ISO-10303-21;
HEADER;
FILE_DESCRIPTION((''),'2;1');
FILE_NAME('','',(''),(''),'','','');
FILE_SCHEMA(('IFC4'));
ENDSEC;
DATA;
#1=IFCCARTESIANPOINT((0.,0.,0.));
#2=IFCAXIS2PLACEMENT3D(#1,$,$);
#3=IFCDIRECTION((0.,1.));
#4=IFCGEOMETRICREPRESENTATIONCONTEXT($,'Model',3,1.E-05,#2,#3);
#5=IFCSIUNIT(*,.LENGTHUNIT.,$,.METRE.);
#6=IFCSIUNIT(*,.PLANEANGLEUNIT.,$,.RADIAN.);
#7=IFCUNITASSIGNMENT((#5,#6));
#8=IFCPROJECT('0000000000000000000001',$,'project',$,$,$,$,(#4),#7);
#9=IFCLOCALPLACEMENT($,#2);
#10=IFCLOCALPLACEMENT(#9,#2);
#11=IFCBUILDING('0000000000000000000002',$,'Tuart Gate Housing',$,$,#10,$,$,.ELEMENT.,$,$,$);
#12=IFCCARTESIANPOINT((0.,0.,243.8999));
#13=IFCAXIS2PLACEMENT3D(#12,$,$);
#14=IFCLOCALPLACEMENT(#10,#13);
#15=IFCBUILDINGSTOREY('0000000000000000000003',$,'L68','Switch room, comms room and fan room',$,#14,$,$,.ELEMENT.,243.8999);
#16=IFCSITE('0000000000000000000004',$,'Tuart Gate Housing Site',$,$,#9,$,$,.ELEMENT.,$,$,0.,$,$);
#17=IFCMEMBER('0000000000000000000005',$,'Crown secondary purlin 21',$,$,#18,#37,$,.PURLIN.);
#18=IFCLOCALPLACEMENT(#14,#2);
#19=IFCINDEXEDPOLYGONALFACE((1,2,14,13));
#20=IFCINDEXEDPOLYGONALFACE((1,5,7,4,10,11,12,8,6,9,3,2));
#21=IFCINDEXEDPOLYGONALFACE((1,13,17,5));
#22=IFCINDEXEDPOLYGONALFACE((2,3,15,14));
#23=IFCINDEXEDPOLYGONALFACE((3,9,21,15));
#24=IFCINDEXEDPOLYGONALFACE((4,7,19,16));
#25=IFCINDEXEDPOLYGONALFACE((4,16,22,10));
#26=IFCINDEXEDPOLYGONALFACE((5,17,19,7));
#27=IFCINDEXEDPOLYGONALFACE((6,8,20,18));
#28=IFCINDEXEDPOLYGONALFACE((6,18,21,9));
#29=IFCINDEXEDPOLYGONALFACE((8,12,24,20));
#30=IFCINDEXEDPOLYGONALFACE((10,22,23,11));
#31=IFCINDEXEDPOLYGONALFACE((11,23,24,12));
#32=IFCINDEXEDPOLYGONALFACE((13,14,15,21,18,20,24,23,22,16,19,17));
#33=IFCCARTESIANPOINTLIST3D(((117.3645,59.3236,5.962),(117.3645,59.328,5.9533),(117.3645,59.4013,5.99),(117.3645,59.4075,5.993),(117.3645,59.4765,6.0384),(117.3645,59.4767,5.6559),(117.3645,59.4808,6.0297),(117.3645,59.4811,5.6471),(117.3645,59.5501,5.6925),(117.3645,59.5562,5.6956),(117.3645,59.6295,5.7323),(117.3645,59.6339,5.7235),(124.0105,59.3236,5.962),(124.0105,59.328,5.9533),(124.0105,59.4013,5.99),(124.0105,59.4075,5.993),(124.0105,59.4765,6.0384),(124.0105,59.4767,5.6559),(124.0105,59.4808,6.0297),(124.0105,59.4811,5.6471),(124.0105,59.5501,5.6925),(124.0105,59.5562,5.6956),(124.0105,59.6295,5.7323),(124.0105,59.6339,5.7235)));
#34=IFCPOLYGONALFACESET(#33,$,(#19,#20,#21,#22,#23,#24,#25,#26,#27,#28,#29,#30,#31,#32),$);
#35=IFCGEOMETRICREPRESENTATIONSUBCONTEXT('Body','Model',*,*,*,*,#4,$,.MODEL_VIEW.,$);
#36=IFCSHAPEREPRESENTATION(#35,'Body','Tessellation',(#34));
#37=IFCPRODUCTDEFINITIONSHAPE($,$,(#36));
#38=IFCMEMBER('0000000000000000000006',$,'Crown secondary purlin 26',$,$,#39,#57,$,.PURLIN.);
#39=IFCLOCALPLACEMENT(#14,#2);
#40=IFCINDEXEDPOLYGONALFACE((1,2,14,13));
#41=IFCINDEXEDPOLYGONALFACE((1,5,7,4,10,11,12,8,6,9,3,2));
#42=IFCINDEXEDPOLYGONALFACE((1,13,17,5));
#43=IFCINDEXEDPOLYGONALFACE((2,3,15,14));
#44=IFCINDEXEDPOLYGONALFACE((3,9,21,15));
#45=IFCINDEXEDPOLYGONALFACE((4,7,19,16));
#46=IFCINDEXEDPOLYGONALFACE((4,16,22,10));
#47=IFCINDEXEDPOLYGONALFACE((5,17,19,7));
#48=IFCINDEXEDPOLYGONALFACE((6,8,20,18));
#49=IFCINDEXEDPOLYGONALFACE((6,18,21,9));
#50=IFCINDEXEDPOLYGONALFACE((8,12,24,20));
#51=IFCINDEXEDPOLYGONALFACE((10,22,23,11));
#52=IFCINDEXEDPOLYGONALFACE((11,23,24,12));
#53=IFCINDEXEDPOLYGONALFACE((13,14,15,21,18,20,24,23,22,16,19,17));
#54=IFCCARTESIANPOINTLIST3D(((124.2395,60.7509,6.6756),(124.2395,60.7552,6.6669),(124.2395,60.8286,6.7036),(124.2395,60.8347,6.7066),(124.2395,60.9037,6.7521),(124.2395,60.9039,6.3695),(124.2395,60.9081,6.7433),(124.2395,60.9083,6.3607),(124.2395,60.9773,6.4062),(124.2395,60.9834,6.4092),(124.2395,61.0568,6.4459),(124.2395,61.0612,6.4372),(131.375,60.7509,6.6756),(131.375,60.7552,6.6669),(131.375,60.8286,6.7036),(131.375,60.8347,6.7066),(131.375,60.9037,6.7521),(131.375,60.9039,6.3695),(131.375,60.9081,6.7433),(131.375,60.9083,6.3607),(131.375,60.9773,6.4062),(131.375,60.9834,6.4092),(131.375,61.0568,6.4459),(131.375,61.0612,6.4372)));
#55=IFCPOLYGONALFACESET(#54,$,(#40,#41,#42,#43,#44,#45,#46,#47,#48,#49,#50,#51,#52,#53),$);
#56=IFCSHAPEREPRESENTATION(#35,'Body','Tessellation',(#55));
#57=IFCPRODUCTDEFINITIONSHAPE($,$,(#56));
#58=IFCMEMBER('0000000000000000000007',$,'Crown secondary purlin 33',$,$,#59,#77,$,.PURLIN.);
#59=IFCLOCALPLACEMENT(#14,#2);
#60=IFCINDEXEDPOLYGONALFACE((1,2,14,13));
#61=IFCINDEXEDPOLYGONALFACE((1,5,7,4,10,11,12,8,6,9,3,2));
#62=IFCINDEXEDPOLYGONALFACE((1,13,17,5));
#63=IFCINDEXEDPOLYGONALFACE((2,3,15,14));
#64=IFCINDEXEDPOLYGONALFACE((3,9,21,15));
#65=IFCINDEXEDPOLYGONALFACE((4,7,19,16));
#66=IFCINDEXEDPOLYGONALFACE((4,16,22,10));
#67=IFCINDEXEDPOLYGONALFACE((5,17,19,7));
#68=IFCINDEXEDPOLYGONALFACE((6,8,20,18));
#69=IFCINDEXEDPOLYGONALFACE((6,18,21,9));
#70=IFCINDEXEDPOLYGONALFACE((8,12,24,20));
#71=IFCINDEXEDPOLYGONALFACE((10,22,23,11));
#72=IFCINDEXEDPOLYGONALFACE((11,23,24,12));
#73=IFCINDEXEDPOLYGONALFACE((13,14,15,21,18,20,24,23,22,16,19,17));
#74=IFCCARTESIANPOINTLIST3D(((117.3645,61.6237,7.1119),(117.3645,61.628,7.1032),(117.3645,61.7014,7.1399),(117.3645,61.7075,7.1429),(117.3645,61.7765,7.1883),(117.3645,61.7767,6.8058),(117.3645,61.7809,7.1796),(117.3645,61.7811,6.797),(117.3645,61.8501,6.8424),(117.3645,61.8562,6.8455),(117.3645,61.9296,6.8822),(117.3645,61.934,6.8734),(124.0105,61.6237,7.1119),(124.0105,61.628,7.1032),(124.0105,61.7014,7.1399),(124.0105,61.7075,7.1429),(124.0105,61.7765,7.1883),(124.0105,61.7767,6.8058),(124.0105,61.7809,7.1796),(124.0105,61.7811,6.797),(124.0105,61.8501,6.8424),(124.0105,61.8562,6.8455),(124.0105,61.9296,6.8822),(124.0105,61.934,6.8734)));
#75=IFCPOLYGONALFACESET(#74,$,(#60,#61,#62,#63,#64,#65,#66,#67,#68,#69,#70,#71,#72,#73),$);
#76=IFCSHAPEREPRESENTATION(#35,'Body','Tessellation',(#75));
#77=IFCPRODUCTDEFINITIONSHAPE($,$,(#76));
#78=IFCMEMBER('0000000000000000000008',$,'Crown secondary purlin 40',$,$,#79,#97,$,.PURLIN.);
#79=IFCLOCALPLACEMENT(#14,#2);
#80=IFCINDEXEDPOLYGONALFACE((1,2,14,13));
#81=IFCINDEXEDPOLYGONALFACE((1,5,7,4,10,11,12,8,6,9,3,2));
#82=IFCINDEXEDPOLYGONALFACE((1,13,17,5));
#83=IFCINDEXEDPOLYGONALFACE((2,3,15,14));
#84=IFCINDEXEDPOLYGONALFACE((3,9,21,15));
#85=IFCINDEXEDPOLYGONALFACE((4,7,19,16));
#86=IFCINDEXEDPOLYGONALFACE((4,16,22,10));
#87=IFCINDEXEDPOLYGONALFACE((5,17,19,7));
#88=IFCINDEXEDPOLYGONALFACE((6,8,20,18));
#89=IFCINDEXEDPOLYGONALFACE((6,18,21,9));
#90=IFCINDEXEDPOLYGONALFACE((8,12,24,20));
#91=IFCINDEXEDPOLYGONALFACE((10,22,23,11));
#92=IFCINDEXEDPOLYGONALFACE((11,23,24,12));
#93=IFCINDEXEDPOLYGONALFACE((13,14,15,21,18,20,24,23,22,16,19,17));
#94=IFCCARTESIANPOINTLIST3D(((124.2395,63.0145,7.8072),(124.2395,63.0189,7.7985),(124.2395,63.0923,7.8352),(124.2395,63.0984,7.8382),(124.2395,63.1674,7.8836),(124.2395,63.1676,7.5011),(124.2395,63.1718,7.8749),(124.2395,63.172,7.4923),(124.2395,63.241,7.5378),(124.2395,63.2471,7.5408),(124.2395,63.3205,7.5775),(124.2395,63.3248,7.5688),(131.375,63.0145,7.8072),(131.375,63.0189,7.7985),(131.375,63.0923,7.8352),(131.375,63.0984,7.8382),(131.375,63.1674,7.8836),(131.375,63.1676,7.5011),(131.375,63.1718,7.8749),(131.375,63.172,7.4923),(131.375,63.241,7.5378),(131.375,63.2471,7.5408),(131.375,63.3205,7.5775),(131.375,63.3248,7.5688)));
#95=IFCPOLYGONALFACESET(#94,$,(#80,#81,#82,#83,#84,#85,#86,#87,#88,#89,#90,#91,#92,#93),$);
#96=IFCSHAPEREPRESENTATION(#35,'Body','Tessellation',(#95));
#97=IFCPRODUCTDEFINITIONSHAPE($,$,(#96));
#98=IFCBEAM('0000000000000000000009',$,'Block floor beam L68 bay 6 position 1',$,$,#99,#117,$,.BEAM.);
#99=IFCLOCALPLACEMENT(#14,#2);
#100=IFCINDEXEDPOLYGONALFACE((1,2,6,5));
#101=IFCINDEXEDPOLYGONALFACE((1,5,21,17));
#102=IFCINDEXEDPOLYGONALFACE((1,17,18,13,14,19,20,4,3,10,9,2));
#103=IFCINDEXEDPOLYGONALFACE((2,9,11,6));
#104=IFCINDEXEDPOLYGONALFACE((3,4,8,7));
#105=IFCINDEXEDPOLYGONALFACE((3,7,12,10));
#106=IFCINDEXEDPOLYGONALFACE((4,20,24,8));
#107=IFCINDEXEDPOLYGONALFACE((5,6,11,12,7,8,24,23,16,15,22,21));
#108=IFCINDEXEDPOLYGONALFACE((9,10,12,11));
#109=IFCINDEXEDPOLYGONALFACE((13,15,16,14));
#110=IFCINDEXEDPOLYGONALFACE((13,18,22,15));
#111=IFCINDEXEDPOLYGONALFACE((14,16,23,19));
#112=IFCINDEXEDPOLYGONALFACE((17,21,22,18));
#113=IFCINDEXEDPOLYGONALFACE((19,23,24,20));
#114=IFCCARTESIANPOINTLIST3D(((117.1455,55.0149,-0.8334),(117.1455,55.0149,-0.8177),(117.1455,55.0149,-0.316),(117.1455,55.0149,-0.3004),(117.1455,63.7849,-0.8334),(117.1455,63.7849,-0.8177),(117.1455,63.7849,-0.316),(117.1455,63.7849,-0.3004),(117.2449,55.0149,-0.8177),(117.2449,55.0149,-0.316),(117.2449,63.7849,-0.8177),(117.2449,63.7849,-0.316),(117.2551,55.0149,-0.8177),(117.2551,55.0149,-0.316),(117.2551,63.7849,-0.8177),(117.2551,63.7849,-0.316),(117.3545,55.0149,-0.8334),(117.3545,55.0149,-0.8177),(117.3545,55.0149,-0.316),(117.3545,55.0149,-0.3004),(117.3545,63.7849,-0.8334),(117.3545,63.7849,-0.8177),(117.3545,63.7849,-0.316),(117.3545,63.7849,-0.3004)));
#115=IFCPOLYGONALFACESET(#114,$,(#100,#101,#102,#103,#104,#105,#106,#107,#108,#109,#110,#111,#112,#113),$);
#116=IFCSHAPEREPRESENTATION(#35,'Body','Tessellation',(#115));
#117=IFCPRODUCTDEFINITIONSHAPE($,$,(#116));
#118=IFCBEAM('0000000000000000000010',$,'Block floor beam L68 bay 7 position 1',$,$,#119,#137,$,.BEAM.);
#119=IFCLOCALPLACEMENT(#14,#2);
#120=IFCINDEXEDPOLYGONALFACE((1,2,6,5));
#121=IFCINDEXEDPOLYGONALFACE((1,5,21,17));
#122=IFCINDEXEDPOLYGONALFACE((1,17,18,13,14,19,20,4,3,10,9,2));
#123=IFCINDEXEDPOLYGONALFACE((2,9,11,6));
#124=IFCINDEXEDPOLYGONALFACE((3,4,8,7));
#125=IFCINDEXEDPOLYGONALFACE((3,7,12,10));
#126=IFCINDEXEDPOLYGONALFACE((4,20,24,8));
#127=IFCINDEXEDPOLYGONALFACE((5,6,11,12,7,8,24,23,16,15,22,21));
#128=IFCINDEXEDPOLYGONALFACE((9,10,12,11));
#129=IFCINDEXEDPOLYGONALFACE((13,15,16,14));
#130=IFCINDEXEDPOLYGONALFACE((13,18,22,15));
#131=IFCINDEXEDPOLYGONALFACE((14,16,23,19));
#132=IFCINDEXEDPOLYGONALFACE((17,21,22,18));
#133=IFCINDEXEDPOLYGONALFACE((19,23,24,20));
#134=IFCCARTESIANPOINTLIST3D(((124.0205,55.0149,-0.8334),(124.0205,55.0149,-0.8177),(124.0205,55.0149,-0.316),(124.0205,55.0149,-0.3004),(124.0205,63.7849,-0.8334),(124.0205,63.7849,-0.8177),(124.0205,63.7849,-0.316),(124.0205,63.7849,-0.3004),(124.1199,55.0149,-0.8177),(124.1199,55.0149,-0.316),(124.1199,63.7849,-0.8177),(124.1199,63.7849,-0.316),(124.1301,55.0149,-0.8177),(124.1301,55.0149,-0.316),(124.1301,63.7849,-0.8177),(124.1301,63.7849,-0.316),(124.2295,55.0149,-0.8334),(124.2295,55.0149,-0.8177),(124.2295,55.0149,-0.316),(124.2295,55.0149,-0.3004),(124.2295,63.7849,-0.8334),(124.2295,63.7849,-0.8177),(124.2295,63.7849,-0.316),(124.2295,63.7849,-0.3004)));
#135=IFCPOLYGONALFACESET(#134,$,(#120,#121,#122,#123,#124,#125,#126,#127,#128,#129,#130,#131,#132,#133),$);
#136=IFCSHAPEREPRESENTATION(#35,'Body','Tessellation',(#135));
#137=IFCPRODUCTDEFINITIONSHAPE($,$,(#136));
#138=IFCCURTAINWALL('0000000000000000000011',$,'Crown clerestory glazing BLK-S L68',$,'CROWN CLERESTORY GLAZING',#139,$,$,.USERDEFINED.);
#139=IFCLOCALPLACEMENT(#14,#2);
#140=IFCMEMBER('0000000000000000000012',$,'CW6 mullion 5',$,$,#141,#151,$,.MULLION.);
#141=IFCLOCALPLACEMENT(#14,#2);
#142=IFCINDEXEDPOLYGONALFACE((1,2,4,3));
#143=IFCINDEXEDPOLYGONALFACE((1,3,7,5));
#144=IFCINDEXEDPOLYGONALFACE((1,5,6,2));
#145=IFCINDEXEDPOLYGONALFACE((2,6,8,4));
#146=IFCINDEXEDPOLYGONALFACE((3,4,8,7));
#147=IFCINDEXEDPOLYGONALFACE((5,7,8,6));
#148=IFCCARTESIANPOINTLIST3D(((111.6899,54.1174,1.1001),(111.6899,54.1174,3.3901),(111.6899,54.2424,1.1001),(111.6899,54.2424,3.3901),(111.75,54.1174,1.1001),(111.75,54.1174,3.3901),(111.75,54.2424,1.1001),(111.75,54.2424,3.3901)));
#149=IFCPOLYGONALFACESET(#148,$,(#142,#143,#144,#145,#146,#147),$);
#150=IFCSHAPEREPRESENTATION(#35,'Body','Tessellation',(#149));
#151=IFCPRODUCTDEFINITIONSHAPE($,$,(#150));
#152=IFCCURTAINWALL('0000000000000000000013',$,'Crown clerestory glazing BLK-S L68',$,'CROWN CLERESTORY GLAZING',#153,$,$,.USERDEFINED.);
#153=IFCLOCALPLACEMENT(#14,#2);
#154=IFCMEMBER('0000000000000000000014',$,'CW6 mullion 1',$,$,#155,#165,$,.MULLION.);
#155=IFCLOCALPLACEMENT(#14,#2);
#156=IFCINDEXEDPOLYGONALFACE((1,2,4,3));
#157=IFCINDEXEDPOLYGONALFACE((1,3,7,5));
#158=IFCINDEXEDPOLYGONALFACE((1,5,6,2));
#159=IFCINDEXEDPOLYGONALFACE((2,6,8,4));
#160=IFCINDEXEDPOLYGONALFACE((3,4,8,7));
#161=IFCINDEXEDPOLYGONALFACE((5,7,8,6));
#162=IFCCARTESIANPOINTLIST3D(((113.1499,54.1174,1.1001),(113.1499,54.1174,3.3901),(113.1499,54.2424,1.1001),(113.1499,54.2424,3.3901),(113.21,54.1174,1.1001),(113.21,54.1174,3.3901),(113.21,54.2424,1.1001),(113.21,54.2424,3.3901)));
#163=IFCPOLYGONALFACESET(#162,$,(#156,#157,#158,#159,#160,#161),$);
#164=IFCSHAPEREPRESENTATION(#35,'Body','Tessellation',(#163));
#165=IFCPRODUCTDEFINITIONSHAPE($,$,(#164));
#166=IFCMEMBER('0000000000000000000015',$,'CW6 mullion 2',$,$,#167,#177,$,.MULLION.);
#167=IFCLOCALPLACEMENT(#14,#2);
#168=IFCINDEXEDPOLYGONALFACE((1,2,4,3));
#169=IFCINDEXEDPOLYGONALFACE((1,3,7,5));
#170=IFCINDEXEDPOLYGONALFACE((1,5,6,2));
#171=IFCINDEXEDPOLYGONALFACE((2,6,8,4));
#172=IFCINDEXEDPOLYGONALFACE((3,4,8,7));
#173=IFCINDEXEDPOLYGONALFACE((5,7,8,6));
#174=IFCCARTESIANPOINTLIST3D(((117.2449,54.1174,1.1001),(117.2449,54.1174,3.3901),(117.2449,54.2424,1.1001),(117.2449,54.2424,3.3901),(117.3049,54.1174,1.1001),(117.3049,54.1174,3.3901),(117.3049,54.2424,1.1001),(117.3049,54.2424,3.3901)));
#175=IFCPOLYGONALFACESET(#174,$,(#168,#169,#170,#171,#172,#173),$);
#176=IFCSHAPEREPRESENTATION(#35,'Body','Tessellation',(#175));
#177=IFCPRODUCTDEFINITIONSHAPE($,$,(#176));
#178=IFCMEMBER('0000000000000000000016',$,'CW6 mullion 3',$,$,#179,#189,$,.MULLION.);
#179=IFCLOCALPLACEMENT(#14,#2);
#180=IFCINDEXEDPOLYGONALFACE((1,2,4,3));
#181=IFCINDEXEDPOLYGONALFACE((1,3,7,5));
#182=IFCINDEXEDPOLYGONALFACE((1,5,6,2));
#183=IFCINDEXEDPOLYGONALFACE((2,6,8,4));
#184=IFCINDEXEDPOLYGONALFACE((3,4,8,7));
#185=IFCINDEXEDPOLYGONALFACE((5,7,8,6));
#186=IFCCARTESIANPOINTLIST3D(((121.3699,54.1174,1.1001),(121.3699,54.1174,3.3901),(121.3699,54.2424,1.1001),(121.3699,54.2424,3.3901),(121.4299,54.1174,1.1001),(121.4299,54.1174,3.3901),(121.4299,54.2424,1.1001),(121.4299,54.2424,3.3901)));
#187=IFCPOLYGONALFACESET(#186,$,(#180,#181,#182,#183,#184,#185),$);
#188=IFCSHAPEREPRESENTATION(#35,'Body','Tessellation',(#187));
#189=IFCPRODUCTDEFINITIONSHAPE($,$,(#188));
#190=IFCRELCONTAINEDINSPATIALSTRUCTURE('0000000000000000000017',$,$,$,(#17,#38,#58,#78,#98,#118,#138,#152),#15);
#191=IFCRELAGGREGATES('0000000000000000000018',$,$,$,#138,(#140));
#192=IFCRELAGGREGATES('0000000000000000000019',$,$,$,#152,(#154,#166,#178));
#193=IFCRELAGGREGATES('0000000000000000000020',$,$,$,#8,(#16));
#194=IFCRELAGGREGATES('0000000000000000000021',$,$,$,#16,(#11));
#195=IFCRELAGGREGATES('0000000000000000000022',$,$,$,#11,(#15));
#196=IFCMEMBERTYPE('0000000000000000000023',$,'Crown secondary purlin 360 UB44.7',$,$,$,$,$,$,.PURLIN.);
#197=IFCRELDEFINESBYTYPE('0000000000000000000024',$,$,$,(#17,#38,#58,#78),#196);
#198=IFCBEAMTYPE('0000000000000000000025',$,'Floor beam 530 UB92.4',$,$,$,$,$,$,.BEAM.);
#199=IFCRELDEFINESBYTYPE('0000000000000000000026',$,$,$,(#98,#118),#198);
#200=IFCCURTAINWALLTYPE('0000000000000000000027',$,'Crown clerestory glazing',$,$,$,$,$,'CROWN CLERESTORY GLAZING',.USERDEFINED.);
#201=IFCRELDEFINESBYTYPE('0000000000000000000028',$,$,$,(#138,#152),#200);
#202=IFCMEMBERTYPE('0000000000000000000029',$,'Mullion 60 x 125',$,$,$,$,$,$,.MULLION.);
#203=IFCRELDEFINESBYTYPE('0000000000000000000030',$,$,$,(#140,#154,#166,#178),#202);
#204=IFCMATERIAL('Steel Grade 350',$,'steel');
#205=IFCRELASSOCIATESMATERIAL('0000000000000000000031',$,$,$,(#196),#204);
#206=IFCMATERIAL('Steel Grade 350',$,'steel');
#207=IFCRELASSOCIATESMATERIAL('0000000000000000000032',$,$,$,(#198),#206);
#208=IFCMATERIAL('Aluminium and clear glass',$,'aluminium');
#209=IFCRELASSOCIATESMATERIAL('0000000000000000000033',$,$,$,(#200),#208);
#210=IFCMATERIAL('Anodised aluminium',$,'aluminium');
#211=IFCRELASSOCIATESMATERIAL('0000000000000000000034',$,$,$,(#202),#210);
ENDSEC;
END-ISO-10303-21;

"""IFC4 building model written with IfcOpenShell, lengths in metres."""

from ifc_helpers import new_model, si_unit, direction, frame, origin, origin_2d, place, context, subcontext, project, spatial, rectangle, i_section, extrude, material, material_profile, profile_set, type_object, element, aggregate, save


model = new_model("IFC4")

# Units and contexts
model_context = context("Model", 3, precision=1e-05, world=origin(), true_north=direction((0.0, 1.0)))
body_context = subcontext(model_context, "Body", "Model", "MODEL_VIEW")
ifc_project = project(units=[si_unit("LENGTHUNIT", "METRE"), si_unit("PLANEANGLEUNIT", "RADIAN")], contexts=[model_context])

# Site, building, storey
site_placement = place(None, origin())
site = spatial("IfcSite", under=ifc_project, at=site_placement, Name="Tuart Gate Housing Site", CompositionType="ELEMENT", RefElevation=0.0)
building_placement = place(site_placement, origin())
building = spatial("IfcBuilding", under=site, at=building_placement, Name="Tuart Gate Housing", CompositionType="ELEMENT")
storey_placement = place(building_placement, frame((0.0, 0.0, 243.8999)))
storey = spatial("IfcBuildingStorey", under=building, at=storey_placement, Name="L68", Description="Switch room, comms room and fan room", CompositionType="ELEMENT", Elevation=243.8999)

# Members
ifc_material_1 = material(Name="Steel Grade 350", Category="steel")
ifc_material_profile_1 = material_profile(ifc_material_1, i_section(OverallWidth=0.1709, OverallDepth=0.3521, WebThickness=0.0068, FlangeThickness=0.0098, at=origin_2d()), Name="360UB44.7")
ifc_profile_set_1 = profile_set([ifc_material_profile_1], Name="Steel Grade 350")
member_type_1 = type_object("IfcMemberType", Name="Crown secondary purlin 360 UB44.7", PredefinedType="PURLIN", material=ifc_profile_set_1)
member_1_placement = place(storey_placement, frame((117.3645, 59.4788, 5.8428), z_axis=(1.0, 0.0, 0.0), x_axis=(0.0, 0.894427, 0.447214)))
element("IfcMember", 1, at=member_1_placement, inside=storey, type_object=member_type_1, Name="Crown secondary purlin 21", PredefinedType="PURLIN", context=body_context, shape_type="SweptSolid", body=[
    extrude(i_section(OverallWidth=0.1709, OverallDepth=0.3521, WebThickness=0.0068, FlangeThickness=0.0098, at=origin_2d()), origin(), (0.0, 0.0, 1.0), 6.646),
])
member_2_placement = place(storey_placement, frame((124.2395, 60.906, 6.5564), z_axis=(1.0, 0.0, 0.0), x_axis=(0.0, 0.894427, 0.447214)))
element("IfcMember", 2, at=member_2_placement, inside=storey, type_object=member_type_1, Name="Crown secondary purlin 26", PredefinedType="PURLIN", context=body_context, shape_type="SweptSolid", body=[
    extrude(i_section(OverallWidth=0.1709, OverallDepth=0.3521, WebThickness=0.0068, FlangeThickness=0.0098, at=origin_2d()), origin(), (0.0, 0.0, 1.0), 7.1355),
])
member_3_placement = place(storey_placement, frame((117.3645, 61.7788, 6.9927), z_axis=(1.0, 0.0, 0.0), x_axis=(0.0, 0.894427, 0.447214)))
element("IfcMember", 3, at=member_3_placement, inside=storey, type_object=member_type_1, Name="Crown secondary purlin 33", PredefinedType="PURLIN", context=body_context, shape_type="SweptSolid", body=[
    extrude(i_section(OverallWidth=0.1709, OverallDepth=0.3521, WebThickness=0.0068, FlangeThickness=0.0098, at=origin_2d()), origin(), (0.0, 0.0, 1.0), 6.646),
])
member_4_placement = place(storey_placement, frame((124.2395, 63.1697, 7.688), z_axis=(1.0, 0.0, 0.0), x_axis=(0.0, 0.894427, 0.447214)))
element("IfcMember", 4, at=member_4_placement, inside=storey, type_object=member_type_1, Name="Crown secondary purlin 40", PredefinedType="PURLIN", context=body_context, shape_type="SweptSolid", body=[
    extrude(i_section(OverallWidth=0.1709, OverallDepth=0.3521, WebThickness=0.0068, FlangeThickness=0.0098, at=origin_2d()), origin(), (0.0, 0.0, 1.0), 7.1355),
])

# Beams
ifc_material_2 = material(Name="Steel Grade 350", Category="steel")
ifc_material_profile_2 = material_profile(ifc_material_2, i_section(OverallWidth=0.209, OverallDepth=0.533, WebThickness=0.0103, FlangeThickness=0.0156, at=origin_2d()), Name="530UB92.4")
ifc_profile_set_2 = profile_set([ifc_material_profile_2], Name="Steel Grade 350")
beam_type = type_object("IfcBeamType", Name="Floor beam 530 UB92.4", PredefinedType="BEAM", material=ifc_profile_set_2)
for number, where, z_axis, x_axis, name in (
    (5, (117.25, 55.0149, -0.5669), (0.0, 1.0, 0.0), (-1.0, 0.0, 0.0), "Block floor beam L68 bay 6 position 1"),
    (6, (124.125, 55.0149, -0.5669), (0.0, 1.0, 0.0), (-1.0, 0.0, 0.0), "Block floor beam L68 bay 7 position 1"),
):
    element("IfcBeam", number, at=place(storey_placement, frame(where, z_axis=z_axis, x_axis=x_axis)), inside=storey, type_object=beam_type, Name=name, PredefinedType="BEAM", context=body_context, shape_type="SweptSolid", body=[
        extrude(i_section(OverallWidth=0.209, OverallDepth=0.533, WebThickness=0.0103, FlangeThickness=0.0156, at=origin_2d()), origin(), (0.0, 0.0, 1.0), 8.77),
    ])

# Curtain wall, member
ifc_material_3 = material(Name="Aluminium and clear glass", Category="aluminium")
curtain_wall_type = type_object("IfcCurtainWallType", Name="Crown clerestory glazing", ElementType="CROWN CLERESTORY GLAZING", PredefinedType="USERDEFINED", material=ifc_material_3)
curtain_wall_1_placement = place(storey_placement, origin())
curtain_wall_1 = element("IfcCurtainWall", 7, at=curtain_wall_1_placement, inside=storey, type_object=curtain_wall_type, Name="Crown clerestory glazing BLK-S L68", ObjectType="CROWN CLERESTORY GLAZING", PredefinedType="USERDEFINED")
ifc_material_4 = material(Name="Anodised aluminium", Category="aluminium")
ifc_material_profile_3 = material_profile(ifc_material_4, rectangle(XDim=0.0601, YDim=0.125, at=origin_2d()), Name="60x125")
ifc_profile_set_3 = profile_set([ifc_material_profile_3], Name="Anodised aluminium")
member_type_2 = type_object("IfcMemberType", Name="Mullion 60 x 125", PredefinedType="MULLION", material=ifc_profile_set_3)
member_5_placement = place(storey_placement, frame((111.72, 54.1799, 1.1001), z_axis=(0.0, 0.0, 1.0), x_axis=(1.0, 0.0, 0.0)))
member_5 = element("IfcMember", 8, at=member_5_placement, type_object=member_type_2, Name="CW6 mullion 5", PredefinedType="MULLION", context=body_context, shape_type="SweptSolid", body=[
    extrude(rectangle(XDim=0.0601, YDim=0.125, at=origin_2d()), origin(), (0.0, 0.0, 1.0), 2.29),
])
aggregate(curtain_wall_1, [member_5])

# Curtain wall, members
curtain_wall_2_placement = place(storey_placement, origin())
curtain_wall_2 = element("IfcCurtainWall", 9, at=curtain_wall_2_placement, inside=storey, type_object=curtain_wall_type, Name="Crown clerestory glazing BLK-S L68", ObjectType="CROWN CLERESTORY GLAZING", PredefinedType="USERDEFINED")
member_6_placement = place(storey_placement, frame((113.1799, 54.1799, 1.1001), z_axis=(0.0, 0.0, 1.0), x_axis=(1.0, 0.0, 0.0)))
member_6 = element("IfcMember", 10, at=member_6_placement, type_object=member_type_2, Name="CW6 mullion 1", PredefinedType="MULLION", context=body_context, shape_type="SweptSolid", body=[
    extrude(rectangle(XDim=0.0601, YDim=0.125, at=origin_2d()), origin(), (0.0, 0.0, 1.0), 2.29),
])
member_7_placement = place(storey_placement, frame((117.2749, 54.1799, 1.1001), z_axis=(0.0, 0.0, 1.0), x_axis=(1.0, 0.0, 0.0)))
member_7 = element("IfcMember", 11, at=member_7_placement, type_object=member_type_2, Name="CW6 mullion 2", PredefinedType="MULLION", context=body_context, shape_type="SweptSolid", body=[
    extrude(rectangle(XDim=0.0601, YDim=0.125, at=origin_2d()), origin(), (0.0, 0.0, 1.0), 2.29),
])
member_8_placement = place(storey_placement, frame((121.3999, 54.1799, 1.1001), z_axis=(0.0, 0.0, 1.0), x_axis=(1.0, 0.0, 0.0)))
member_8 = element("IfcMember", 12, at=member_8_placement, type_object=member_type_2, Name="CW6 mullion 3", PredefinedType="MULLION", context=body_context, shape_type="SweptSolid", body=[
    extrude(rectangle(XDim=0.0601, YDim=0.125, at=origin_2d()), origin(), (0.0, 0.0, 1.0), 2.29),
])
aggregate(curtain_wall_2, [member_6, member_7, member_8])

save(model, "model.ifc")
